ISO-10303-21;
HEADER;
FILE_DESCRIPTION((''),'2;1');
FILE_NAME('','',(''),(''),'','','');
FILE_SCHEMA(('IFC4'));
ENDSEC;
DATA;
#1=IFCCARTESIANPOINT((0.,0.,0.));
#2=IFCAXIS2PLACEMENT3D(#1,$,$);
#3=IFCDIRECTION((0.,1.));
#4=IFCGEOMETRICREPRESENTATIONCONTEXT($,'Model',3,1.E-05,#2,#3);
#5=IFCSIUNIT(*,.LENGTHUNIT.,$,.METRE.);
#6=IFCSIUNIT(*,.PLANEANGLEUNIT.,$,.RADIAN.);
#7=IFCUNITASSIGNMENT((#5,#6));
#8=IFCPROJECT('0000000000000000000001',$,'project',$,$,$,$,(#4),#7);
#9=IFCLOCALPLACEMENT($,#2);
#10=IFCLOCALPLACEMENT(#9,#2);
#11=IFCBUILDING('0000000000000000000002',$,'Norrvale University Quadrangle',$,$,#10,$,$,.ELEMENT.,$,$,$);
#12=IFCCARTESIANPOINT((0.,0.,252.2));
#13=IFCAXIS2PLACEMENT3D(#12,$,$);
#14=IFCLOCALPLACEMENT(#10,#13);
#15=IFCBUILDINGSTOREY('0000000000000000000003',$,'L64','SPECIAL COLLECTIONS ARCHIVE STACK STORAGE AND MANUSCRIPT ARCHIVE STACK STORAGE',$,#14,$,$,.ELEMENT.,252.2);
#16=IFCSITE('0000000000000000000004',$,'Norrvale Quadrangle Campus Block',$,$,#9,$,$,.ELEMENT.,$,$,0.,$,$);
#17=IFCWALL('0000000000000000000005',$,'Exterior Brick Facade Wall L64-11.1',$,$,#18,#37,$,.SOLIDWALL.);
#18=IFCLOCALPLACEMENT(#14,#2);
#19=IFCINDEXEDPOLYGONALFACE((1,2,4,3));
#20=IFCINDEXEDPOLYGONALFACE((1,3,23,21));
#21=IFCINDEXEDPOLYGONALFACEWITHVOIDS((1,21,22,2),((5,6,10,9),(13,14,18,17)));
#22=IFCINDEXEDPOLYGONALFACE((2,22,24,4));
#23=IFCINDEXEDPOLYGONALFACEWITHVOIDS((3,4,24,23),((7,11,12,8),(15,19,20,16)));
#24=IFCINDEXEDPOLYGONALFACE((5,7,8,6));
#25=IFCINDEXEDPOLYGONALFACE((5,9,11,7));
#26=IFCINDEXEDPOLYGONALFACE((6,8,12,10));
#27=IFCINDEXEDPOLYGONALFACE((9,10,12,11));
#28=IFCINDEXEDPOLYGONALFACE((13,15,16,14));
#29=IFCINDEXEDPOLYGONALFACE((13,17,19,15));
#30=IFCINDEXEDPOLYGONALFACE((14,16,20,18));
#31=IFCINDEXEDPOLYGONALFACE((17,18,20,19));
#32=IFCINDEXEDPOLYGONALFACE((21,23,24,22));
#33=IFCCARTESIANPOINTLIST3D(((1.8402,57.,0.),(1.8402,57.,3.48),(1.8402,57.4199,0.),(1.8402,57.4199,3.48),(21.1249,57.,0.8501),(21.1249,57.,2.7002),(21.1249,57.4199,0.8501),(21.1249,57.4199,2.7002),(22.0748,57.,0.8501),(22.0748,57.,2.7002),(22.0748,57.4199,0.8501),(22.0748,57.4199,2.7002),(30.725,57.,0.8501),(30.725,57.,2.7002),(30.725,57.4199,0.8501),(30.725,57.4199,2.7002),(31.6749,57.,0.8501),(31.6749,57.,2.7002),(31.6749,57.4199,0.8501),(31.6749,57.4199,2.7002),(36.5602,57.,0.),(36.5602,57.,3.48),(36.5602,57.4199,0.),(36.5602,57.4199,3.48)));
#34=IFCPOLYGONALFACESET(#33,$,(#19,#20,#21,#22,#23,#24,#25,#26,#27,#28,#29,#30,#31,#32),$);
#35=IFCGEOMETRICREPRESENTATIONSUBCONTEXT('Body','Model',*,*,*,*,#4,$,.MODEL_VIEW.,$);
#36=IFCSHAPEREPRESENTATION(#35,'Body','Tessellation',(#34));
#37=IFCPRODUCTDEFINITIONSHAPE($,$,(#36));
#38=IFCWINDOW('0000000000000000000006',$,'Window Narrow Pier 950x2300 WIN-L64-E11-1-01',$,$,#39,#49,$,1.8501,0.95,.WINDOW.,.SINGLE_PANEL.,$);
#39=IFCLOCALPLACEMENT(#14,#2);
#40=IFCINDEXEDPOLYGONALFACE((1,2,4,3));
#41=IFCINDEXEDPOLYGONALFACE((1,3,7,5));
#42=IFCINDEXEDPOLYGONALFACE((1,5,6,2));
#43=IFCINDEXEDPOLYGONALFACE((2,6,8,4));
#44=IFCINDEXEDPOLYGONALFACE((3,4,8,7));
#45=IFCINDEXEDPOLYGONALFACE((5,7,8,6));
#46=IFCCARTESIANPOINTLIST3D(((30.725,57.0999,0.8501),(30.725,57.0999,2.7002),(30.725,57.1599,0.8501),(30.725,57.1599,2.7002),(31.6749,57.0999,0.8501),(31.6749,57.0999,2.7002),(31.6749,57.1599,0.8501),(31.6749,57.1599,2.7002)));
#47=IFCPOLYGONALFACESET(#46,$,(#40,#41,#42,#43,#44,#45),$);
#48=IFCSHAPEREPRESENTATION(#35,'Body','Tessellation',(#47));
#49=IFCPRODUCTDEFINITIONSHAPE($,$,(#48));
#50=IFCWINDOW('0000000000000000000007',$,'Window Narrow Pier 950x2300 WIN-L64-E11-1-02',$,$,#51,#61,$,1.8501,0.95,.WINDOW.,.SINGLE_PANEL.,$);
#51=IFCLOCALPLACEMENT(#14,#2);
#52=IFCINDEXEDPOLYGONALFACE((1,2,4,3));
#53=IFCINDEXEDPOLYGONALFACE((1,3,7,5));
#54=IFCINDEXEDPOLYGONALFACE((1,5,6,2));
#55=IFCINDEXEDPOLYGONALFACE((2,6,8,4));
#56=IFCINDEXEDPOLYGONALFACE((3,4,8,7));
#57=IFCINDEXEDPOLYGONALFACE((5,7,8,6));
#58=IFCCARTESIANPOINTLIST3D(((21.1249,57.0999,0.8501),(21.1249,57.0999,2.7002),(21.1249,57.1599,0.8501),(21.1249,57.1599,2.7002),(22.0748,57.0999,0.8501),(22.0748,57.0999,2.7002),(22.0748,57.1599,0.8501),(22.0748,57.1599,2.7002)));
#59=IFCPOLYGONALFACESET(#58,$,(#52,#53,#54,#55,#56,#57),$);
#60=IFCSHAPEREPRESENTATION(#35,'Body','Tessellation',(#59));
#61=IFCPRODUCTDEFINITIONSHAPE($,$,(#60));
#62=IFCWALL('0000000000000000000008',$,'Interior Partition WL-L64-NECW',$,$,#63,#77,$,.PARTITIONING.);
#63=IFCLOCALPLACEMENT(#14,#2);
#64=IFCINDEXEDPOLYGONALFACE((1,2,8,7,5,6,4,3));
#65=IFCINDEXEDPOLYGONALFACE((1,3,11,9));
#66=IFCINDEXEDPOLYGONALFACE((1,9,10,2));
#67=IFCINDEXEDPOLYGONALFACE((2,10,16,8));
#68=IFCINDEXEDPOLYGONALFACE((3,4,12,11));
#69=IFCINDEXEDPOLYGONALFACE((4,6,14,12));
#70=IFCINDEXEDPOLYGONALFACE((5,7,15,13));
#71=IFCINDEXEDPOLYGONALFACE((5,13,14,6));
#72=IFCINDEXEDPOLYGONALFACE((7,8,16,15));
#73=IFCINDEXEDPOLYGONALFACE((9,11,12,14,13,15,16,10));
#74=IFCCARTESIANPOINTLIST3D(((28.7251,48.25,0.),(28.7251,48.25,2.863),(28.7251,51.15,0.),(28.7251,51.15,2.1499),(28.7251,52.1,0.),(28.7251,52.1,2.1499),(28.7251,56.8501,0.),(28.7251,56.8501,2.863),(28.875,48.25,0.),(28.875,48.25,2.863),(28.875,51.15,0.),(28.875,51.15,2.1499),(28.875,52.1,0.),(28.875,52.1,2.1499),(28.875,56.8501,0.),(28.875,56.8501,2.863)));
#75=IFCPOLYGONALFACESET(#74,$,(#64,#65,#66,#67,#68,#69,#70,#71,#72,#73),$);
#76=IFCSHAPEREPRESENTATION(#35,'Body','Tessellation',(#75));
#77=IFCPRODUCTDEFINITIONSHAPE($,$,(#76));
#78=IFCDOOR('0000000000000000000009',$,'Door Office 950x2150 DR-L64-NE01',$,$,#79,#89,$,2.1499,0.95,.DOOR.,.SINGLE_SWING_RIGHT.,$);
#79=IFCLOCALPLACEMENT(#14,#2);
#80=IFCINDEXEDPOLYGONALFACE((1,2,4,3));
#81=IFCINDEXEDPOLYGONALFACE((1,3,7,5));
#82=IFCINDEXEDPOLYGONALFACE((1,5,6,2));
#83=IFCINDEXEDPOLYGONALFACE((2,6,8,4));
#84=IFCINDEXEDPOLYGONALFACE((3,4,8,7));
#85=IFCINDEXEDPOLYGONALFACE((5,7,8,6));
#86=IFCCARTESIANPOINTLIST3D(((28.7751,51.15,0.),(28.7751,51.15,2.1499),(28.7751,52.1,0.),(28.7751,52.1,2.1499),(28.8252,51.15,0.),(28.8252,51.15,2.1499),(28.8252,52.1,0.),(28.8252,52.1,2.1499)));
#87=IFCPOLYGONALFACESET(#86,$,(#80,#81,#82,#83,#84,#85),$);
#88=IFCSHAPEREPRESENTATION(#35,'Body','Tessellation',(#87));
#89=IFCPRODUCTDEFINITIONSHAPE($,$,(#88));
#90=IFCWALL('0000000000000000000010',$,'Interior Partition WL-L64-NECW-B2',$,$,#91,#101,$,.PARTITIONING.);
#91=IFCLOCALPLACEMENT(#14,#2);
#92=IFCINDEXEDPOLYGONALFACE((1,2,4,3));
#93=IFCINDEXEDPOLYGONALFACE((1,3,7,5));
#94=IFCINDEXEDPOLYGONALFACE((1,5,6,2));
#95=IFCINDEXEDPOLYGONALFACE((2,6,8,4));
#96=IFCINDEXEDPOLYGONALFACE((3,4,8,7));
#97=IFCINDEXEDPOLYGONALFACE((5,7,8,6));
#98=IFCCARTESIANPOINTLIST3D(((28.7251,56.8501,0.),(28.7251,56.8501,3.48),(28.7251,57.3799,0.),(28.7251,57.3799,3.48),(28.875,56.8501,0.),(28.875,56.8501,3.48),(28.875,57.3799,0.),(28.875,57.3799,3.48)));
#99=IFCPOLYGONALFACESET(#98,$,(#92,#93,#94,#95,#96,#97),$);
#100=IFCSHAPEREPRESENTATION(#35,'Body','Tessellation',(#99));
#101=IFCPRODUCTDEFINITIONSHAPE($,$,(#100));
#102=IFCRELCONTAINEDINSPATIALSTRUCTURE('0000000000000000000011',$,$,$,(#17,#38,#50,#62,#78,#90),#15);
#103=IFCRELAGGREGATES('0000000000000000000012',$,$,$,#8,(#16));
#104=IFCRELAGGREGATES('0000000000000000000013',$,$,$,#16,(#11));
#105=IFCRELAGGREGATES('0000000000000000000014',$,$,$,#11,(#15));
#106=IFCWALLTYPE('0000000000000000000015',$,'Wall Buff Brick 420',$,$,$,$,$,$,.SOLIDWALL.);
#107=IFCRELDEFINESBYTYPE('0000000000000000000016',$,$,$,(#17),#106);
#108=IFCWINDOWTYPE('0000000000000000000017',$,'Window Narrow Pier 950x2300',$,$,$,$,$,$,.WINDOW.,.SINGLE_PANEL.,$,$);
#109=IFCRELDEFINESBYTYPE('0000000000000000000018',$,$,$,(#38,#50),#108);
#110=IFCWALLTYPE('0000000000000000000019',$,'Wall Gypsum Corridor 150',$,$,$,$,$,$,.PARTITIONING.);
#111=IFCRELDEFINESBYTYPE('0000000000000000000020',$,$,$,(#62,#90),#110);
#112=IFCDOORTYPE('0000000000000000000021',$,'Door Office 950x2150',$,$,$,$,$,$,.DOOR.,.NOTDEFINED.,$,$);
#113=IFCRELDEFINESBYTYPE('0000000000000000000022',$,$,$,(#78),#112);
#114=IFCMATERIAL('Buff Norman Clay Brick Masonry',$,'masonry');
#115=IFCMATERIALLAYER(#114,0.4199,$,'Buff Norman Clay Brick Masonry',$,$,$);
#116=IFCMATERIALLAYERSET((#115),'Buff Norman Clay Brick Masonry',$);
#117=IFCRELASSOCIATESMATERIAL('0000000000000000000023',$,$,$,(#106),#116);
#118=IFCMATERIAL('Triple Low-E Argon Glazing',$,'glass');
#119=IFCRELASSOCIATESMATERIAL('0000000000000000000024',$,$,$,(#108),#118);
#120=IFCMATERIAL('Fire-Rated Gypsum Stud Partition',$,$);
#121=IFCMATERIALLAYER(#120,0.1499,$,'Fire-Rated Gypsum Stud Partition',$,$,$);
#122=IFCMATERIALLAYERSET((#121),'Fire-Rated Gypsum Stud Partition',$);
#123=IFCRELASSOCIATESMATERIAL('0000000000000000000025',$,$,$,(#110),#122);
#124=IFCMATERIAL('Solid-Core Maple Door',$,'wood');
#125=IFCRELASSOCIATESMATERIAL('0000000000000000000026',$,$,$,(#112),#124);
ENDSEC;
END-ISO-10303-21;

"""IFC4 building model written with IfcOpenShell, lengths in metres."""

from ifc_helpers import new_model, si_unit, direction, frame, frame_2d, origin, place, context, subcontext, project, spatial, rectangle, extrude, material, layer, layer_set, type_object, element, fill, save


model = new_model("IFC4")

# Units and contexts
model_context = context("Model", 3, precision=1e-05, world=origin(), true_north=direction((0.0, 1.0)))
body_context = subcontext(model_context, "Body", "Model", "MODEL_VIEW")
ifc_project = project(units=[si_unit("LENGTHUNIT", "METRE"), si_unit("PLANEANGLEUNIT", "RADIAN")], contexts=[model_context])

# Site, building, storey
site_placement = place(None, origin())
site = spatial("IfcSite", under=ifc_project, at=site_placement, Name="Norrvale Quadrangle Campus Block", CompositionType="ELEMENT", RefElevation=0.0)
building_placement = place(site_placement, origin())
building = spatial("IfcBuilding", under=site, at=building_placement, Name="Norrvale University Quadrangle", CompositionType="ELEMENT")
storey_placement = place(building_placement, frame((0.0, 0.0, 252.2)))
storey = spatial("IfcBuildingStorey", under=building, at=storey_placement, Name="L64", Description="SPECIAL COLLECTIONS ARCHIVE STACK STORAGE AND MANUSCRIPT ARCHIVE STACK STORAGE", CompositionType="ELEMENT", Elevation=252.2)

# Shared definitions
ifc_material_1 = material(Name="Buff Norman Clay Brick Masonry", Category="masonry")
ifc_layer_1 = layer(ifc_material_1, 0.4199, Name="Buff Norman Clay Brick Masonry")
ifc_layer_set_1 = layer_set([ifc_layer_1], Name="Buff Norman Clay Brick Masonry")
wall_type_1 = type_object("IfcWallType", Name="Wall Buff Brick 420", PredefinedType="SOLIDWALL", material=ifc_layer_set_1)

# Shared definitions
ifc_material_2 = material(Name="Triple Low-E Argon Glazing", Category="glass")

# Wall, openings, windows
wall_1_placement = place(storey_placement, frame((36.5601, 57.21, 0.0), z_axis=(0.0, 0.0, 1.0), x_axis=(-1.0, 0.0, 0.0)))
wall_1 = element("IfcWall", 1, at=wall_1_placement, inside=storey, type_object=wall_type_1, Name="Exterior Brick Facade Wall L64-11.1", PredefinedType="SOLIDWALL", context=body_context, shape_type="SweptSolid", body=[
    extrude(rectangle(XDim=34.72, YDim=0.4199, at=frame_2d((17.3599, 0.0))), origin(), (0.0, 0.0, 1.0), 3.48),
])
opening_1_placement = place(wall_1_placement, frame((4.885, 0.0, 0.8501)))
opening_1 = element("IfcOpeningElement", 2, at=opening_1_placement, cuts=wall_1, PredefinedType="OPENING", context=body_context, shape_type="SweptSolid", body=[
    extrude(rectangle(XDim=0.95, YDim=1.8501, at=frame_2d((0.4751, 0.925))), frame((0.0, 0.2219, 0.0), z_axis=(0.0, -1.0, 0.0), x_axis=(1.0, 0.0, 0.0)), (0.0, 0.0, 1.0), 0.4438),
])
opening_2_placement = place(wall_1_placement, frame((14.4851, 0.0, 0.8501)))
opening_2 = element("IfcOpeningElement", 3, at=opening_2_placement, cuts=wall_1, PredefinedType="OPENING", context=body_context, shape_type="SweptSolid", body=[
    extrude(rectangle(XDim=0.95, YDim=1.8501, at=frame_2d((0.4751, 0.925))), frame((0.0, 0.2219, 0.0), z_axis=(0.0, -1.0, 0.0), x_axis=(1.0, 0.0, 0.0)), (0.0, 0.0, 1.0), 0.4438),
])
window_type_1 = type_object("IfcWindowType", Name="Window Narrow Pier 950x2300", PartitioningType="SINGLE_PANEL", PredefinedType="WINDOW", material=ifc_material_2)
window_1_placement = place(opening_1_placement, origin())
window_1 = element("IfcWindow", 4, at=window_1_placement, inside=storey, type_object=window_type_1, Name="Window Narrow Pier 950x2300 WIN-L64-E11-1-01", OverallHeight=1.8501, OverallWidth=0.95, PartitioningType="SINGLE_PANEL", PredefinedType="WINDOW", context=body_context, shape_type="SweptSolid", body=[
    extrude(rectangle(XDim=0.95, YDim=1.8501, at=frame_2d((0.4751, 0.925))), frame((0.0, 0.1101, 0.0), z_axis=(0.0, -1.0, 0.0), x_axis=(1.0, 0.0, 0.0)), (0.0, 0.0, 1.0), 0.0601),
])
fill(opening_1, window_1)
window_2_placement = place(opening_2_placement, origin())
window_2 = element("IfcWindow", 5, at=window_2_placement, inside=storey, type_object=window_type_1, Name="Window Narrow Pier 950x2300 WIN-L64-E11-1-02", OverallHeight=1.8501, OverallWidth=0.95, PartitioningType="SINGLE_PANEL", PredefinedType="WINDOW", context=body_context, shape_type="SweptSolid", body=[
    extrude(rectangle(XDim=0.95, YDim=1.8501, at=frame_2d((0.4751, 0.925))), frame((0.0, 0.1101, 0.0), z_axis=(0.0, -1.0, 0.0), x_axis=(1.0, 0.0, 0.0)), (0.0, 0.0, 1.0), 0.0601),
])
fill(opening_2, window_2)

# Wall, opening, door
ifc_material_3 = material(Name="Fire-Rated Gypsum Stud Partition")
ifc_layer_2 = layer(ifc_material_3, 0.1499, Name="Fire-Rated Gypsum Stud Partition")
ifc_layer_set_2 = layer_set([ifc_layer_2], Name="Fire-Rated Gypsum Stud Partition")
wall_type_2 = type_object("IfcWallType", Name="Wall Gypsum Corridor 150", PredefinedType="PARTITIONING", material=ifc_layer_set_2)
wall_2_placement = place(storey_placement, frame((28.8, 48.25, 0.0), z_axis=(0.0, 0.0, 1.0), x_axis=(0.0, 1.0, 0.0)))
wall_2 = element("IfcWall", 6, at=wall_2_placement, inside=storey, type_object=wall_type_2, Name="Interior Partition WL-L64-NECW", PredefinedType="PARTITIONING", context=body_context, shape_type="SweptSolid", body=[
    extrude(rectangle(XDim=8.6001, YDim=0.1499, at=frame_2d((4.3, 0.0))), origin(), (0.0, 0.0, 1.0), 2.863),
])
opening_3_placement = place(wall_2_placement, frame((2.8999, 0.0, 0.0)))
opening_3 = element("IfcOpeningElement", 7, at=opening_3_placement, cuts=wall_2, PredefinedType="OPENING", context=body_context, shape_type="SweptSolid", body=[
    extrude(rectangle(XDim=0.95, YDim=2.1499, at=frame_2d((0.4751, 1.075))), frame((0.0, 0.0869, 0.0), z_axis=(0.0, -1.0, 0.0), x_axis=(1.0, 0.0, 0.0)), (0.0, 0.0, 1.0), 0.1738),
])
ifc_material_4 = material(Name="Solid-Core Maple Door", Category="wood")
door_type = type_object("IfcDoorType", Name="Door Office 950x2150", OperationType="NOTDEFINED", PredefinedType="DOOR", material=ifc_material_4)
door_placement = place(opening_3_placement, origin())
door = element("IfcDoor", 8, at=door_placement, inside=storey, type_object=door_type, Name="Door Office 950x2150 DR-L64-NE01", OperationType="SINGLE_SWING_RIGHT", OverallHeight=2.1499, OverallWidth=0.95, PredefinedType="DOOR", context=body_context, shape_type="SweptSolid", body=[
    extrude(rectangle(XDim=0.95, YDim=2.1499, at=frame_2d((0.4751, 1.075))), frame((0.0, 0.0249, 0.0), z_axis=(0.0, -1.0, 0.0), x_axis=(1.0, 0.0, 0.0)), (0.0, 0.0, 1.0), 0.05),
])
fill(opening_3, door)

# Wall
wall_3_placement = place(storey_placement, frame((28.8, 56.8501, 0.0), z_axis=(0.0, 0.0, 1.0), x_axis=(0.0, 1.0, 0.0)))
element("IfcWall", 9, at=wall_3_placement, inside=storey, type_object=wall_type_2, Name="Interior Partition WL-L64-NECW-B2", PredefinedType="PARTITIONING", context=body_context, shape_type="SweptSolid", body=[
    extrude(rectangle(XDim=0.5298, YDim=0.1499, at=frame_2d((0.2649, 0.0))), origin(), (0.0, 0.0, 1.0), 3.48),
])

save(model, "model.ifc")
